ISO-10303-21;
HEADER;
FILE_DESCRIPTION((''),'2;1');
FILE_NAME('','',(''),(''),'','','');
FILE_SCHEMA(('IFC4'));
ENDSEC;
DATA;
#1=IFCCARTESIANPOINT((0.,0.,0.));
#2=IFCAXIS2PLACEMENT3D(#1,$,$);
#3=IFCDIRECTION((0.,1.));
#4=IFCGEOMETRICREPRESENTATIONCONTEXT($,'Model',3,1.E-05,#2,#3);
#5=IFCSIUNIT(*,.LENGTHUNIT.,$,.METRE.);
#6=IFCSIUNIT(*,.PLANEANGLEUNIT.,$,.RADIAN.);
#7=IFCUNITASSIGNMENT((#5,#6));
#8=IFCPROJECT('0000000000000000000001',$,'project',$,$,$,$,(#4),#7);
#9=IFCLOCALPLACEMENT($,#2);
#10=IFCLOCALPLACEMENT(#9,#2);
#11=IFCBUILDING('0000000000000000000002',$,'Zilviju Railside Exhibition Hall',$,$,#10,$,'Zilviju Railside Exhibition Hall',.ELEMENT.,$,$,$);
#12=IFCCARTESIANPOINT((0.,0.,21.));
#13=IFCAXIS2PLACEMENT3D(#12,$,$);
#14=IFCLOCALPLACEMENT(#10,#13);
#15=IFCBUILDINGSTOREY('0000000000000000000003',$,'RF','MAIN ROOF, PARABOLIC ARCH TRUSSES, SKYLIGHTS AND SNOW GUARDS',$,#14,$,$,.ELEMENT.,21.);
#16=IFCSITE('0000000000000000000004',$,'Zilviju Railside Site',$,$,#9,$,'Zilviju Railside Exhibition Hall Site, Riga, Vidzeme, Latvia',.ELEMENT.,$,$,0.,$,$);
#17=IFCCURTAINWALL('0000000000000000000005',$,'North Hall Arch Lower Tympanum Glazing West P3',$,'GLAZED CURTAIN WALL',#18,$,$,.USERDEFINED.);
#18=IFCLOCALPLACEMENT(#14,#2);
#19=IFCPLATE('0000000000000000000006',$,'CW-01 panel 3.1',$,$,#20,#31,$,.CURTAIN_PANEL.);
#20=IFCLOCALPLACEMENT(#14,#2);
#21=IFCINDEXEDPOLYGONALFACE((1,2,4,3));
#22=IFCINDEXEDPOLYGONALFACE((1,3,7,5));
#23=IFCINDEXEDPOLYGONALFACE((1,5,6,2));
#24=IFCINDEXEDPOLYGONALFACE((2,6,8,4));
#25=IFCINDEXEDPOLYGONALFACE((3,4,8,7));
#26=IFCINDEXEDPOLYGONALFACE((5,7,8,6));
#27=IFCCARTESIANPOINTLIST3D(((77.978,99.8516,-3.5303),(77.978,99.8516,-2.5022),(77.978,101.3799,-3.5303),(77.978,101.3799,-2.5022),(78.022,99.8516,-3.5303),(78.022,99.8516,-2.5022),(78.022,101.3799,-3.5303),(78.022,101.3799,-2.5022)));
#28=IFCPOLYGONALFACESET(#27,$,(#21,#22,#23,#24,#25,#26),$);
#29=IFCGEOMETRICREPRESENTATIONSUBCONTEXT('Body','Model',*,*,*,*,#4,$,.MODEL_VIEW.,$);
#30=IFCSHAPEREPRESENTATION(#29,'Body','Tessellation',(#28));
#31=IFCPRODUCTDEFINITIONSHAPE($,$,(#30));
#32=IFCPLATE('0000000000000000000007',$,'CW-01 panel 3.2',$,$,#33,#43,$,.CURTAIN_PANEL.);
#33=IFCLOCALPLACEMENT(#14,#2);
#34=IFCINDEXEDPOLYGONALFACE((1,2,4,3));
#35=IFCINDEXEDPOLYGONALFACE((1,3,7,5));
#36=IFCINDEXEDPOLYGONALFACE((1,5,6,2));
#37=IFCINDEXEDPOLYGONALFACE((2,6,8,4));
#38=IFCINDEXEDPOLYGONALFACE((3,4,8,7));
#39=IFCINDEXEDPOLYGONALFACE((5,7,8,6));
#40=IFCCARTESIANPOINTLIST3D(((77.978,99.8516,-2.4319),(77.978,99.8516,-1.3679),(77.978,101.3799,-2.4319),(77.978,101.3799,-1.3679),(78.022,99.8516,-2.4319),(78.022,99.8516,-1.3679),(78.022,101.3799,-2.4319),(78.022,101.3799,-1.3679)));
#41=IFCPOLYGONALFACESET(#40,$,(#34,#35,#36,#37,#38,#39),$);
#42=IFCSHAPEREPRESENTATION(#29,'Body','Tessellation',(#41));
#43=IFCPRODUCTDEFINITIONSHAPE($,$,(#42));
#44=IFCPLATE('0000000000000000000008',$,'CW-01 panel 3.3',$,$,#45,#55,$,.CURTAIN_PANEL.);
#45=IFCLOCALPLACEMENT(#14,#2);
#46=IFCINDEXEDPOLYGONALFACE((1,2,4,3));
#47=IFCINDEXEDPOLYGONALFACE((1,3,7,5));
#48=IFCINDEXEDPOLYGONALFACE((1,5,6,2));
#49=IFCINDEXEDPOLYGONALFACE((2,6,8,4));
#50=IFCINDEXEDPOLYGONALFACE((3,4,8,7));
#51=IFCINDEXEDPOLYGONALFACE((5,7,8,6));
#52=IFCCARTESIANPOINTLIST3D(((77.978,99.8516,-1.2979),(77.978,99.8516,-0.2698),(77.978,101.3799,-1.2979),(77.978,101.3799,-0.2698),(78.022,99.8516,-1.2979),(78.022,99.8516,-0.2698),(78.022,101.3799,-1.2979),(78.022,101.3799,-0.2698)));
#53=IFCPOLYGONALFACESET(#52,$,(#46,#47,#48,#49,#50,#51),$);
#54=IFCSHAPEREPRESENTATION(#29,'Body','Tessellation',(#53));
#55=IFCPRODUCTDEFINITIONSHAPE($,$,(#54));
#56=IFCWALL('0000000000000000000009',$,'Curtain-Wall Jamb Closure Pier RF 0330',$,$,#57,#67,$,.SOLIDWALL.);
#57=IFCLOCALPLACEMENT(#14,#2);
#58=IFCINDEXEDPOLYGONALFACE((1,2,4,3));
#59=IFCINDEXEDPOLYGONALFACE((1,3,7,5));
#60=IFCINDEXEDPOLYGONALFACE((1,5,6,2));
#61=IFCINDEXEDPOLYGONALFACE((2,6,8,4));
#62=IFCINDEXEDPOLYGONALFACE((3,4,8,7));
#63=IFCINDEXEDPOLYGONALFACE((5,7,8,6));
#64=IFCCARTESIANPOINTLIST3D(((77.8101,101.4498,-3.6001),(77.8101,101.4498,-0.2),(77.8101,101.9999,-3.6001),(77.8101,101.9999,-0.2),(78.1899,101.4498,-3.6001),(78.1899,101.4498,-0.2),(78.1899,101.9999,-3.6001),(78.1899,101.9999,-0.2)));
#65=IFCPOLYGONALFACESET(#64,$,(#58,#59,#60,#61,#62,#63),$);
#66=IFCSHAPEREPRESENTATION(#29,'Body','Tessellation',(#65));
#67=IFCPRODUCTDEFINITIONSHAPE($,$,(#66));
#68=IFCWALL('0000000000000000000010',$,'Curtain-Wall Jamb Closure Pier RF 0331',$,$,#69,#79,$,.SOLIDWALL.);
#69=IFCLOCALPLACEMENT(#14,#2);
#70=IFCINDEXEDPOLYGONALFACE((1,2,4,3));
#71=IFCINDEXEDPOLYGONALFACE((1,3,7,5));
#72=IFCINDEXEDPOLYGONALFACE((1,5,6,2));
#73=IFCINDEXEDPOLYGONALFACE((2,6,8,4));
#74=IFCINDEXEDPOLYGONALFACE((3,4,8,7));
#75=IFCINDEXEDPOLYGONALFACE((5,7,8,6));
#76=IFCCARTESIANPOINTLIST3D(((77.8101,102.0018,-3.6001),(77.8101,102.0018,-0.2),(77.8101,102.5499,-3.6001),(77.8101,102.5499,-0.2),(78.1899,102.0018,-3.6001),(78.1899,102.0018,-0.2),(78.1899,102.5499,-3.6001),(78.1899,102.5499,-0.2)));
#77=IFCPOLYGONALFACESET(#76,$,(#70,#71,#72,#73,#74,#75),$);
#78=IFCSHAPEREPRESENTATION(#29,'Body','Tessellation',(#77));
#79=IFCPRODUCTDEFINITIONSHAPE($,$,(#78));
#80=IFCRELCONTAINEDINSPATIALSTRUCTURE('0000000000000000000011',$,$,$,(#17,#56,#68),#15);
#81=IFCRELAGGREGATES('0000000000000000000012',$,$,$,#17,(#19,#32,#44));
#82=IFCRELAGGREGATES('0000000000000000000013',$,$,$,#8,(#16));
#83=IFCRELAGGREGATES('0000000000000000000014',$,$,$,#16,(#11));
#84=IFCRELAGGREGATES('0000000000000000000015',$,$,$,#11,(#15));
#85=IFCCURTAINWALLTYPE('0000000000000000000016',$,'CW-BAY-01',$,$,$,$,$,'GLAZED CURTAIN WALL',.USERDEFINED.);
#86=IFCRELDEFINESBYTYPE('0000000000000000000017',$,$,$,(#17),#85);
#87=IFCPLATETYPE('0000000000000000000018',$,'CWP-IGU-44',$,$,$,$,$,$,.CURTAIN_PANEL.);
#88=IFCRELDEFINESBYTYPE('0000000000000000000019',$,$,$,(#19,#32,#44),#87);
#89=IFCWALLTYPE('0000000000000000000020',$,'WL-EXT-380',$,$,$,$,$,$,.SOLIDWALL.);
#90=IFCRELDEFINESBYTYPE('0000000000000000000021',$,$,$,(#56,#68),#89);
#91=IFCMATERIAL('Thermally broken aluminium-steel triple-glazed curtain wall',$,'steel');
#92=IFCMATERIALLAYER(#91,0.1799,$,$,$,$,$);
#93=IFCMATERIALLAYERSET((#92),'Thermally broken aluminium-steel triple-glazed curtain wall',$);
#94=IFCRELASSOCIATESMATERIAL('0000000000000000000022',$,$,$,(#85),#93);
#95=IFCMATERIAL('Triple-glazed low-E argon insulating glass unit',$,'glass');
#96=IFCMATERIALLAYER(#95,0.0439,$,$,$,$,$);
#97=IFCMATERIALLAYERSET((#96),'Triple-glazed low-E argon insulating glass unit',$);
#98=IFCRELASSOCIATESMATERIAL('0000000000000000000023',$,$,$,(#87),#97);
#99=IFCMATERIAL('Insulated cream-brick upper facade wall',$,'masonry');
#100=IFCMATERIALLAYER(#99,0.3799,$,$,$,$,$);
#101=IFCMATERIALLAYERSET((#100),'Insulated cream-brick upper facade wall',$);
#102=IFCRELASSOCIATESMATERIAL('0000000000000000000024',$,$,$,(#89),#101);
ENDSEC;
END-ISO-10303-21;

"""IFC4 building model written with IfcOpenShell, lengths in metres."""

from ifc_helpers import new_model, si_unit, direction, frame, frame_2d, origin, origin_2d, place, context, subcontext, project, spatial, rectangle, extrude, material, layer, layer_set, type_object, element, aggregate, save


model = new_model("IFC4")

# Units and contexts
model_context = context("Model", 3, precision=1e-05, world=origin(), true_north=direction((0.0, 1.0)))
body_context = subcontext(model_context, "Body", "Model", "MODEL_VIEW")
ifc_project = project(units=[si_unit("LENGTHUNIT", "METRE"), si_unit("PLANEANGLEUNIT", "RADIAN")], contexts=[model_context])

# Site, building, storey
site_placement = place(None, origin())
site = spatial("IfcSite", under=ifc_project, at=site_placement, Name="Zilviju Railside Site", LongName="Zilviju Railside Exhibition Hall Site, Riga, Vidzeme, Latvia", CompositionType="ELEMENT", RefElevation=0.0)
building_placement = place(site_placement, origin())
building = spatial("IfcBuilding", under=site, at=building_placement, Name="Zilviju Railside Exhibition Hall", LongName="Zilviju Railside Exhibition Hall", CompositionType="ELEMENT")
storey_placement = place(building_placement, frame((0.0, 0.0, 21.0)))
storey = spatial("IfcBuildingStorey", under=building, at=storey_placement, Name="RF", Description="MAIN ROOF, PARABOLIC ARCH TRUSSES, SKYLIGHTS AND SNOW GUARDS", CompositionType="ELEMENT", Elevation=21.0)

# Shared definitions
ifc_material_1 = material(Name="Thermally broken aluminium-steel triple-glazed curtain wall", Category="steel")

# Curtain wall
ifc_layer_1 = layer(ifc_material_1, 0.1799)
ifc_layer_set_1 = layer_set([ifc_layer_1], Name="Thermally broken aluminium-steel triple-glazed curtain wall")
curtain_wall_type_1 = type_object("IfcCurtainWallType", Name="CW-BAY-01", ElementType="GLAZED CURTAIN WALL", PredefinedType="USERDEFINED", material=ifc_layer_set_1)
curtain_wall_1_placement = place(storey_placement, origin())
curtain_wall_1 = element("IfcCurtainWall", 1, at=curtain_wall_1_placement, inside=storey, type_object=curtain_wall_type_1, Name="North Hall Arch Lower Tympanum Glazing West P3", ObjectType="GLAZED CURTAIN WALL", PredefinedType="USERDEFINED")

# Plates
ifc_material_2 = material(Name="Triple-glazed low-E argon insulating glass unit", Category="glass")
ifc_layer_2 = layer(ifc_material_2, 0.0439)
ifc_layer_set_2 = layer_set([ifc_layer_2], Name="Triple-glazed low-E argon insulating glass unit")
plate_type_1 = type_object("IfcPlateType", Name="CWP-IGU-44", PredefinedType="CURTAIN_PANEL", material=ifc_layer_set_2)
plate_1_placement = place(storey_placement, frame((78.0, 100.6157, -3.5303), z_axis=(0.0, 0.0, 1.0), x_axis=(0.0, 1.0, 0.0)))
plate_1 = element("IfcPlate", 2, at=plate_1_placement, type_object=plate_type_1, Name="CW-01 panel 3.1", PredefinedType="CURTAIN_PANEL", context=body_context, shape_type="SweptSolid", body=[
    extrude(rectangle(XDim=1.5283, YDim=0.0439, at=origin_2d()), origin(), (0.0, 0.0, 1.0), 1.0281),
])
plate_2_placement = place(storey_placement, frame((78.0, 100.6157, -2.4319), z_axis=(0.0, 0.0, 1.0), x_axis=(0.0, 1.0, 0.0)))
plate_2 = element("IfcPlate", 3, at=plate_2_placement, type_object=plate_type_1, Name="CW-01 panel 3.2", PredefinedType="CURTAIN_PANEL", context=body_context, shape_type="SweptSolid", body=[
    extrude(rectangle(XDim=1.5283, YDim=0.0439, at=origin_2d()), origin(), (0.0, 0.0, 1.0), 1.064),
])
plate_3_placement = place(storey_placement, frame((78.0, 100.6157, -1.2979), z_axis=(0.0, 0.0, 1.0), x_axis=(0.0, 1.0, 0.0)))
plate_3 = element("IfcPlate", 4, at=plate_3_placement, type_object=plate_type_1, Name="CW-01 panel 3.3", PredefinedType="CURTAIN_PANEL", context=body_context, shape_type="SweptSolid", body=[
    extrude(rectangle(XDim=1.5283, YDim=0.0439, at=origin_2d()), origin(), (0.0, 0.0, 1.0), 1.0281),
])
aggregate(curtain_wall_1, [plate_1, plate_2, plate_3])

# Walls
ifc_material_3 = material(Name="Insulated cream-brick upper facade wall", Category="masonry")
ifc_layer_3 = layer(ifc_material_3, 0.3799)
ifc_layer_set_3 = layer_set([ifc_layer_3], Name="Insulated cream-brick upper facade wall")
wall_type = type_object("IfcWallType", Name="WL-EXT-380", PredefinedType="SOLIDWALL", material=ifc_layer_set_3)
wall_1_placement = place(storey_placement, frame((78.0, 101.45, -3.6001), z_axis=(0.0, 0.0, 1.0), x_axis=(0.0, 1.0, 0.0)))
element("IfcWall", 5, at=wall_1_placement, inside=storey, type_object=wall_type, Name="Curtain-Wall Jamb Closure Pier RF 0330", PredefinedType="SOLIDWALL", context=body_context, shape_type="SweptSolid", body=[
    extrude(rectangle(XDim=0.55, YDim=0.3799, at=frame_2d((0.2749, 0.0))), origin(), (0.0, 0.0, 1.0), 3.4001),
])
wall_2_placement = place(storey_placement, frame((78.0, 102.002, -3.6001), z_axis=(0.0, 0.0, 1.0), x_axis=(0.0, 1.0, 0.0)))
element("IfcWall", 6, at=wall_2_placement, inside=storey, type_object=wall_type, Name="Curtain-Wall Jamb Closure Pier RF 0331", PredefinedType="SOLIDWALL", context=body_context, shape_type="SweptSolid", body=[
    extrude(rectangle(XDim=0.5481, YDim=0.3799, at=frame_2d((0.2739, 0.0))), origin(), (0.0, 0.0, 1.0), 3.4001),
])

save(model, "model.ifc")
